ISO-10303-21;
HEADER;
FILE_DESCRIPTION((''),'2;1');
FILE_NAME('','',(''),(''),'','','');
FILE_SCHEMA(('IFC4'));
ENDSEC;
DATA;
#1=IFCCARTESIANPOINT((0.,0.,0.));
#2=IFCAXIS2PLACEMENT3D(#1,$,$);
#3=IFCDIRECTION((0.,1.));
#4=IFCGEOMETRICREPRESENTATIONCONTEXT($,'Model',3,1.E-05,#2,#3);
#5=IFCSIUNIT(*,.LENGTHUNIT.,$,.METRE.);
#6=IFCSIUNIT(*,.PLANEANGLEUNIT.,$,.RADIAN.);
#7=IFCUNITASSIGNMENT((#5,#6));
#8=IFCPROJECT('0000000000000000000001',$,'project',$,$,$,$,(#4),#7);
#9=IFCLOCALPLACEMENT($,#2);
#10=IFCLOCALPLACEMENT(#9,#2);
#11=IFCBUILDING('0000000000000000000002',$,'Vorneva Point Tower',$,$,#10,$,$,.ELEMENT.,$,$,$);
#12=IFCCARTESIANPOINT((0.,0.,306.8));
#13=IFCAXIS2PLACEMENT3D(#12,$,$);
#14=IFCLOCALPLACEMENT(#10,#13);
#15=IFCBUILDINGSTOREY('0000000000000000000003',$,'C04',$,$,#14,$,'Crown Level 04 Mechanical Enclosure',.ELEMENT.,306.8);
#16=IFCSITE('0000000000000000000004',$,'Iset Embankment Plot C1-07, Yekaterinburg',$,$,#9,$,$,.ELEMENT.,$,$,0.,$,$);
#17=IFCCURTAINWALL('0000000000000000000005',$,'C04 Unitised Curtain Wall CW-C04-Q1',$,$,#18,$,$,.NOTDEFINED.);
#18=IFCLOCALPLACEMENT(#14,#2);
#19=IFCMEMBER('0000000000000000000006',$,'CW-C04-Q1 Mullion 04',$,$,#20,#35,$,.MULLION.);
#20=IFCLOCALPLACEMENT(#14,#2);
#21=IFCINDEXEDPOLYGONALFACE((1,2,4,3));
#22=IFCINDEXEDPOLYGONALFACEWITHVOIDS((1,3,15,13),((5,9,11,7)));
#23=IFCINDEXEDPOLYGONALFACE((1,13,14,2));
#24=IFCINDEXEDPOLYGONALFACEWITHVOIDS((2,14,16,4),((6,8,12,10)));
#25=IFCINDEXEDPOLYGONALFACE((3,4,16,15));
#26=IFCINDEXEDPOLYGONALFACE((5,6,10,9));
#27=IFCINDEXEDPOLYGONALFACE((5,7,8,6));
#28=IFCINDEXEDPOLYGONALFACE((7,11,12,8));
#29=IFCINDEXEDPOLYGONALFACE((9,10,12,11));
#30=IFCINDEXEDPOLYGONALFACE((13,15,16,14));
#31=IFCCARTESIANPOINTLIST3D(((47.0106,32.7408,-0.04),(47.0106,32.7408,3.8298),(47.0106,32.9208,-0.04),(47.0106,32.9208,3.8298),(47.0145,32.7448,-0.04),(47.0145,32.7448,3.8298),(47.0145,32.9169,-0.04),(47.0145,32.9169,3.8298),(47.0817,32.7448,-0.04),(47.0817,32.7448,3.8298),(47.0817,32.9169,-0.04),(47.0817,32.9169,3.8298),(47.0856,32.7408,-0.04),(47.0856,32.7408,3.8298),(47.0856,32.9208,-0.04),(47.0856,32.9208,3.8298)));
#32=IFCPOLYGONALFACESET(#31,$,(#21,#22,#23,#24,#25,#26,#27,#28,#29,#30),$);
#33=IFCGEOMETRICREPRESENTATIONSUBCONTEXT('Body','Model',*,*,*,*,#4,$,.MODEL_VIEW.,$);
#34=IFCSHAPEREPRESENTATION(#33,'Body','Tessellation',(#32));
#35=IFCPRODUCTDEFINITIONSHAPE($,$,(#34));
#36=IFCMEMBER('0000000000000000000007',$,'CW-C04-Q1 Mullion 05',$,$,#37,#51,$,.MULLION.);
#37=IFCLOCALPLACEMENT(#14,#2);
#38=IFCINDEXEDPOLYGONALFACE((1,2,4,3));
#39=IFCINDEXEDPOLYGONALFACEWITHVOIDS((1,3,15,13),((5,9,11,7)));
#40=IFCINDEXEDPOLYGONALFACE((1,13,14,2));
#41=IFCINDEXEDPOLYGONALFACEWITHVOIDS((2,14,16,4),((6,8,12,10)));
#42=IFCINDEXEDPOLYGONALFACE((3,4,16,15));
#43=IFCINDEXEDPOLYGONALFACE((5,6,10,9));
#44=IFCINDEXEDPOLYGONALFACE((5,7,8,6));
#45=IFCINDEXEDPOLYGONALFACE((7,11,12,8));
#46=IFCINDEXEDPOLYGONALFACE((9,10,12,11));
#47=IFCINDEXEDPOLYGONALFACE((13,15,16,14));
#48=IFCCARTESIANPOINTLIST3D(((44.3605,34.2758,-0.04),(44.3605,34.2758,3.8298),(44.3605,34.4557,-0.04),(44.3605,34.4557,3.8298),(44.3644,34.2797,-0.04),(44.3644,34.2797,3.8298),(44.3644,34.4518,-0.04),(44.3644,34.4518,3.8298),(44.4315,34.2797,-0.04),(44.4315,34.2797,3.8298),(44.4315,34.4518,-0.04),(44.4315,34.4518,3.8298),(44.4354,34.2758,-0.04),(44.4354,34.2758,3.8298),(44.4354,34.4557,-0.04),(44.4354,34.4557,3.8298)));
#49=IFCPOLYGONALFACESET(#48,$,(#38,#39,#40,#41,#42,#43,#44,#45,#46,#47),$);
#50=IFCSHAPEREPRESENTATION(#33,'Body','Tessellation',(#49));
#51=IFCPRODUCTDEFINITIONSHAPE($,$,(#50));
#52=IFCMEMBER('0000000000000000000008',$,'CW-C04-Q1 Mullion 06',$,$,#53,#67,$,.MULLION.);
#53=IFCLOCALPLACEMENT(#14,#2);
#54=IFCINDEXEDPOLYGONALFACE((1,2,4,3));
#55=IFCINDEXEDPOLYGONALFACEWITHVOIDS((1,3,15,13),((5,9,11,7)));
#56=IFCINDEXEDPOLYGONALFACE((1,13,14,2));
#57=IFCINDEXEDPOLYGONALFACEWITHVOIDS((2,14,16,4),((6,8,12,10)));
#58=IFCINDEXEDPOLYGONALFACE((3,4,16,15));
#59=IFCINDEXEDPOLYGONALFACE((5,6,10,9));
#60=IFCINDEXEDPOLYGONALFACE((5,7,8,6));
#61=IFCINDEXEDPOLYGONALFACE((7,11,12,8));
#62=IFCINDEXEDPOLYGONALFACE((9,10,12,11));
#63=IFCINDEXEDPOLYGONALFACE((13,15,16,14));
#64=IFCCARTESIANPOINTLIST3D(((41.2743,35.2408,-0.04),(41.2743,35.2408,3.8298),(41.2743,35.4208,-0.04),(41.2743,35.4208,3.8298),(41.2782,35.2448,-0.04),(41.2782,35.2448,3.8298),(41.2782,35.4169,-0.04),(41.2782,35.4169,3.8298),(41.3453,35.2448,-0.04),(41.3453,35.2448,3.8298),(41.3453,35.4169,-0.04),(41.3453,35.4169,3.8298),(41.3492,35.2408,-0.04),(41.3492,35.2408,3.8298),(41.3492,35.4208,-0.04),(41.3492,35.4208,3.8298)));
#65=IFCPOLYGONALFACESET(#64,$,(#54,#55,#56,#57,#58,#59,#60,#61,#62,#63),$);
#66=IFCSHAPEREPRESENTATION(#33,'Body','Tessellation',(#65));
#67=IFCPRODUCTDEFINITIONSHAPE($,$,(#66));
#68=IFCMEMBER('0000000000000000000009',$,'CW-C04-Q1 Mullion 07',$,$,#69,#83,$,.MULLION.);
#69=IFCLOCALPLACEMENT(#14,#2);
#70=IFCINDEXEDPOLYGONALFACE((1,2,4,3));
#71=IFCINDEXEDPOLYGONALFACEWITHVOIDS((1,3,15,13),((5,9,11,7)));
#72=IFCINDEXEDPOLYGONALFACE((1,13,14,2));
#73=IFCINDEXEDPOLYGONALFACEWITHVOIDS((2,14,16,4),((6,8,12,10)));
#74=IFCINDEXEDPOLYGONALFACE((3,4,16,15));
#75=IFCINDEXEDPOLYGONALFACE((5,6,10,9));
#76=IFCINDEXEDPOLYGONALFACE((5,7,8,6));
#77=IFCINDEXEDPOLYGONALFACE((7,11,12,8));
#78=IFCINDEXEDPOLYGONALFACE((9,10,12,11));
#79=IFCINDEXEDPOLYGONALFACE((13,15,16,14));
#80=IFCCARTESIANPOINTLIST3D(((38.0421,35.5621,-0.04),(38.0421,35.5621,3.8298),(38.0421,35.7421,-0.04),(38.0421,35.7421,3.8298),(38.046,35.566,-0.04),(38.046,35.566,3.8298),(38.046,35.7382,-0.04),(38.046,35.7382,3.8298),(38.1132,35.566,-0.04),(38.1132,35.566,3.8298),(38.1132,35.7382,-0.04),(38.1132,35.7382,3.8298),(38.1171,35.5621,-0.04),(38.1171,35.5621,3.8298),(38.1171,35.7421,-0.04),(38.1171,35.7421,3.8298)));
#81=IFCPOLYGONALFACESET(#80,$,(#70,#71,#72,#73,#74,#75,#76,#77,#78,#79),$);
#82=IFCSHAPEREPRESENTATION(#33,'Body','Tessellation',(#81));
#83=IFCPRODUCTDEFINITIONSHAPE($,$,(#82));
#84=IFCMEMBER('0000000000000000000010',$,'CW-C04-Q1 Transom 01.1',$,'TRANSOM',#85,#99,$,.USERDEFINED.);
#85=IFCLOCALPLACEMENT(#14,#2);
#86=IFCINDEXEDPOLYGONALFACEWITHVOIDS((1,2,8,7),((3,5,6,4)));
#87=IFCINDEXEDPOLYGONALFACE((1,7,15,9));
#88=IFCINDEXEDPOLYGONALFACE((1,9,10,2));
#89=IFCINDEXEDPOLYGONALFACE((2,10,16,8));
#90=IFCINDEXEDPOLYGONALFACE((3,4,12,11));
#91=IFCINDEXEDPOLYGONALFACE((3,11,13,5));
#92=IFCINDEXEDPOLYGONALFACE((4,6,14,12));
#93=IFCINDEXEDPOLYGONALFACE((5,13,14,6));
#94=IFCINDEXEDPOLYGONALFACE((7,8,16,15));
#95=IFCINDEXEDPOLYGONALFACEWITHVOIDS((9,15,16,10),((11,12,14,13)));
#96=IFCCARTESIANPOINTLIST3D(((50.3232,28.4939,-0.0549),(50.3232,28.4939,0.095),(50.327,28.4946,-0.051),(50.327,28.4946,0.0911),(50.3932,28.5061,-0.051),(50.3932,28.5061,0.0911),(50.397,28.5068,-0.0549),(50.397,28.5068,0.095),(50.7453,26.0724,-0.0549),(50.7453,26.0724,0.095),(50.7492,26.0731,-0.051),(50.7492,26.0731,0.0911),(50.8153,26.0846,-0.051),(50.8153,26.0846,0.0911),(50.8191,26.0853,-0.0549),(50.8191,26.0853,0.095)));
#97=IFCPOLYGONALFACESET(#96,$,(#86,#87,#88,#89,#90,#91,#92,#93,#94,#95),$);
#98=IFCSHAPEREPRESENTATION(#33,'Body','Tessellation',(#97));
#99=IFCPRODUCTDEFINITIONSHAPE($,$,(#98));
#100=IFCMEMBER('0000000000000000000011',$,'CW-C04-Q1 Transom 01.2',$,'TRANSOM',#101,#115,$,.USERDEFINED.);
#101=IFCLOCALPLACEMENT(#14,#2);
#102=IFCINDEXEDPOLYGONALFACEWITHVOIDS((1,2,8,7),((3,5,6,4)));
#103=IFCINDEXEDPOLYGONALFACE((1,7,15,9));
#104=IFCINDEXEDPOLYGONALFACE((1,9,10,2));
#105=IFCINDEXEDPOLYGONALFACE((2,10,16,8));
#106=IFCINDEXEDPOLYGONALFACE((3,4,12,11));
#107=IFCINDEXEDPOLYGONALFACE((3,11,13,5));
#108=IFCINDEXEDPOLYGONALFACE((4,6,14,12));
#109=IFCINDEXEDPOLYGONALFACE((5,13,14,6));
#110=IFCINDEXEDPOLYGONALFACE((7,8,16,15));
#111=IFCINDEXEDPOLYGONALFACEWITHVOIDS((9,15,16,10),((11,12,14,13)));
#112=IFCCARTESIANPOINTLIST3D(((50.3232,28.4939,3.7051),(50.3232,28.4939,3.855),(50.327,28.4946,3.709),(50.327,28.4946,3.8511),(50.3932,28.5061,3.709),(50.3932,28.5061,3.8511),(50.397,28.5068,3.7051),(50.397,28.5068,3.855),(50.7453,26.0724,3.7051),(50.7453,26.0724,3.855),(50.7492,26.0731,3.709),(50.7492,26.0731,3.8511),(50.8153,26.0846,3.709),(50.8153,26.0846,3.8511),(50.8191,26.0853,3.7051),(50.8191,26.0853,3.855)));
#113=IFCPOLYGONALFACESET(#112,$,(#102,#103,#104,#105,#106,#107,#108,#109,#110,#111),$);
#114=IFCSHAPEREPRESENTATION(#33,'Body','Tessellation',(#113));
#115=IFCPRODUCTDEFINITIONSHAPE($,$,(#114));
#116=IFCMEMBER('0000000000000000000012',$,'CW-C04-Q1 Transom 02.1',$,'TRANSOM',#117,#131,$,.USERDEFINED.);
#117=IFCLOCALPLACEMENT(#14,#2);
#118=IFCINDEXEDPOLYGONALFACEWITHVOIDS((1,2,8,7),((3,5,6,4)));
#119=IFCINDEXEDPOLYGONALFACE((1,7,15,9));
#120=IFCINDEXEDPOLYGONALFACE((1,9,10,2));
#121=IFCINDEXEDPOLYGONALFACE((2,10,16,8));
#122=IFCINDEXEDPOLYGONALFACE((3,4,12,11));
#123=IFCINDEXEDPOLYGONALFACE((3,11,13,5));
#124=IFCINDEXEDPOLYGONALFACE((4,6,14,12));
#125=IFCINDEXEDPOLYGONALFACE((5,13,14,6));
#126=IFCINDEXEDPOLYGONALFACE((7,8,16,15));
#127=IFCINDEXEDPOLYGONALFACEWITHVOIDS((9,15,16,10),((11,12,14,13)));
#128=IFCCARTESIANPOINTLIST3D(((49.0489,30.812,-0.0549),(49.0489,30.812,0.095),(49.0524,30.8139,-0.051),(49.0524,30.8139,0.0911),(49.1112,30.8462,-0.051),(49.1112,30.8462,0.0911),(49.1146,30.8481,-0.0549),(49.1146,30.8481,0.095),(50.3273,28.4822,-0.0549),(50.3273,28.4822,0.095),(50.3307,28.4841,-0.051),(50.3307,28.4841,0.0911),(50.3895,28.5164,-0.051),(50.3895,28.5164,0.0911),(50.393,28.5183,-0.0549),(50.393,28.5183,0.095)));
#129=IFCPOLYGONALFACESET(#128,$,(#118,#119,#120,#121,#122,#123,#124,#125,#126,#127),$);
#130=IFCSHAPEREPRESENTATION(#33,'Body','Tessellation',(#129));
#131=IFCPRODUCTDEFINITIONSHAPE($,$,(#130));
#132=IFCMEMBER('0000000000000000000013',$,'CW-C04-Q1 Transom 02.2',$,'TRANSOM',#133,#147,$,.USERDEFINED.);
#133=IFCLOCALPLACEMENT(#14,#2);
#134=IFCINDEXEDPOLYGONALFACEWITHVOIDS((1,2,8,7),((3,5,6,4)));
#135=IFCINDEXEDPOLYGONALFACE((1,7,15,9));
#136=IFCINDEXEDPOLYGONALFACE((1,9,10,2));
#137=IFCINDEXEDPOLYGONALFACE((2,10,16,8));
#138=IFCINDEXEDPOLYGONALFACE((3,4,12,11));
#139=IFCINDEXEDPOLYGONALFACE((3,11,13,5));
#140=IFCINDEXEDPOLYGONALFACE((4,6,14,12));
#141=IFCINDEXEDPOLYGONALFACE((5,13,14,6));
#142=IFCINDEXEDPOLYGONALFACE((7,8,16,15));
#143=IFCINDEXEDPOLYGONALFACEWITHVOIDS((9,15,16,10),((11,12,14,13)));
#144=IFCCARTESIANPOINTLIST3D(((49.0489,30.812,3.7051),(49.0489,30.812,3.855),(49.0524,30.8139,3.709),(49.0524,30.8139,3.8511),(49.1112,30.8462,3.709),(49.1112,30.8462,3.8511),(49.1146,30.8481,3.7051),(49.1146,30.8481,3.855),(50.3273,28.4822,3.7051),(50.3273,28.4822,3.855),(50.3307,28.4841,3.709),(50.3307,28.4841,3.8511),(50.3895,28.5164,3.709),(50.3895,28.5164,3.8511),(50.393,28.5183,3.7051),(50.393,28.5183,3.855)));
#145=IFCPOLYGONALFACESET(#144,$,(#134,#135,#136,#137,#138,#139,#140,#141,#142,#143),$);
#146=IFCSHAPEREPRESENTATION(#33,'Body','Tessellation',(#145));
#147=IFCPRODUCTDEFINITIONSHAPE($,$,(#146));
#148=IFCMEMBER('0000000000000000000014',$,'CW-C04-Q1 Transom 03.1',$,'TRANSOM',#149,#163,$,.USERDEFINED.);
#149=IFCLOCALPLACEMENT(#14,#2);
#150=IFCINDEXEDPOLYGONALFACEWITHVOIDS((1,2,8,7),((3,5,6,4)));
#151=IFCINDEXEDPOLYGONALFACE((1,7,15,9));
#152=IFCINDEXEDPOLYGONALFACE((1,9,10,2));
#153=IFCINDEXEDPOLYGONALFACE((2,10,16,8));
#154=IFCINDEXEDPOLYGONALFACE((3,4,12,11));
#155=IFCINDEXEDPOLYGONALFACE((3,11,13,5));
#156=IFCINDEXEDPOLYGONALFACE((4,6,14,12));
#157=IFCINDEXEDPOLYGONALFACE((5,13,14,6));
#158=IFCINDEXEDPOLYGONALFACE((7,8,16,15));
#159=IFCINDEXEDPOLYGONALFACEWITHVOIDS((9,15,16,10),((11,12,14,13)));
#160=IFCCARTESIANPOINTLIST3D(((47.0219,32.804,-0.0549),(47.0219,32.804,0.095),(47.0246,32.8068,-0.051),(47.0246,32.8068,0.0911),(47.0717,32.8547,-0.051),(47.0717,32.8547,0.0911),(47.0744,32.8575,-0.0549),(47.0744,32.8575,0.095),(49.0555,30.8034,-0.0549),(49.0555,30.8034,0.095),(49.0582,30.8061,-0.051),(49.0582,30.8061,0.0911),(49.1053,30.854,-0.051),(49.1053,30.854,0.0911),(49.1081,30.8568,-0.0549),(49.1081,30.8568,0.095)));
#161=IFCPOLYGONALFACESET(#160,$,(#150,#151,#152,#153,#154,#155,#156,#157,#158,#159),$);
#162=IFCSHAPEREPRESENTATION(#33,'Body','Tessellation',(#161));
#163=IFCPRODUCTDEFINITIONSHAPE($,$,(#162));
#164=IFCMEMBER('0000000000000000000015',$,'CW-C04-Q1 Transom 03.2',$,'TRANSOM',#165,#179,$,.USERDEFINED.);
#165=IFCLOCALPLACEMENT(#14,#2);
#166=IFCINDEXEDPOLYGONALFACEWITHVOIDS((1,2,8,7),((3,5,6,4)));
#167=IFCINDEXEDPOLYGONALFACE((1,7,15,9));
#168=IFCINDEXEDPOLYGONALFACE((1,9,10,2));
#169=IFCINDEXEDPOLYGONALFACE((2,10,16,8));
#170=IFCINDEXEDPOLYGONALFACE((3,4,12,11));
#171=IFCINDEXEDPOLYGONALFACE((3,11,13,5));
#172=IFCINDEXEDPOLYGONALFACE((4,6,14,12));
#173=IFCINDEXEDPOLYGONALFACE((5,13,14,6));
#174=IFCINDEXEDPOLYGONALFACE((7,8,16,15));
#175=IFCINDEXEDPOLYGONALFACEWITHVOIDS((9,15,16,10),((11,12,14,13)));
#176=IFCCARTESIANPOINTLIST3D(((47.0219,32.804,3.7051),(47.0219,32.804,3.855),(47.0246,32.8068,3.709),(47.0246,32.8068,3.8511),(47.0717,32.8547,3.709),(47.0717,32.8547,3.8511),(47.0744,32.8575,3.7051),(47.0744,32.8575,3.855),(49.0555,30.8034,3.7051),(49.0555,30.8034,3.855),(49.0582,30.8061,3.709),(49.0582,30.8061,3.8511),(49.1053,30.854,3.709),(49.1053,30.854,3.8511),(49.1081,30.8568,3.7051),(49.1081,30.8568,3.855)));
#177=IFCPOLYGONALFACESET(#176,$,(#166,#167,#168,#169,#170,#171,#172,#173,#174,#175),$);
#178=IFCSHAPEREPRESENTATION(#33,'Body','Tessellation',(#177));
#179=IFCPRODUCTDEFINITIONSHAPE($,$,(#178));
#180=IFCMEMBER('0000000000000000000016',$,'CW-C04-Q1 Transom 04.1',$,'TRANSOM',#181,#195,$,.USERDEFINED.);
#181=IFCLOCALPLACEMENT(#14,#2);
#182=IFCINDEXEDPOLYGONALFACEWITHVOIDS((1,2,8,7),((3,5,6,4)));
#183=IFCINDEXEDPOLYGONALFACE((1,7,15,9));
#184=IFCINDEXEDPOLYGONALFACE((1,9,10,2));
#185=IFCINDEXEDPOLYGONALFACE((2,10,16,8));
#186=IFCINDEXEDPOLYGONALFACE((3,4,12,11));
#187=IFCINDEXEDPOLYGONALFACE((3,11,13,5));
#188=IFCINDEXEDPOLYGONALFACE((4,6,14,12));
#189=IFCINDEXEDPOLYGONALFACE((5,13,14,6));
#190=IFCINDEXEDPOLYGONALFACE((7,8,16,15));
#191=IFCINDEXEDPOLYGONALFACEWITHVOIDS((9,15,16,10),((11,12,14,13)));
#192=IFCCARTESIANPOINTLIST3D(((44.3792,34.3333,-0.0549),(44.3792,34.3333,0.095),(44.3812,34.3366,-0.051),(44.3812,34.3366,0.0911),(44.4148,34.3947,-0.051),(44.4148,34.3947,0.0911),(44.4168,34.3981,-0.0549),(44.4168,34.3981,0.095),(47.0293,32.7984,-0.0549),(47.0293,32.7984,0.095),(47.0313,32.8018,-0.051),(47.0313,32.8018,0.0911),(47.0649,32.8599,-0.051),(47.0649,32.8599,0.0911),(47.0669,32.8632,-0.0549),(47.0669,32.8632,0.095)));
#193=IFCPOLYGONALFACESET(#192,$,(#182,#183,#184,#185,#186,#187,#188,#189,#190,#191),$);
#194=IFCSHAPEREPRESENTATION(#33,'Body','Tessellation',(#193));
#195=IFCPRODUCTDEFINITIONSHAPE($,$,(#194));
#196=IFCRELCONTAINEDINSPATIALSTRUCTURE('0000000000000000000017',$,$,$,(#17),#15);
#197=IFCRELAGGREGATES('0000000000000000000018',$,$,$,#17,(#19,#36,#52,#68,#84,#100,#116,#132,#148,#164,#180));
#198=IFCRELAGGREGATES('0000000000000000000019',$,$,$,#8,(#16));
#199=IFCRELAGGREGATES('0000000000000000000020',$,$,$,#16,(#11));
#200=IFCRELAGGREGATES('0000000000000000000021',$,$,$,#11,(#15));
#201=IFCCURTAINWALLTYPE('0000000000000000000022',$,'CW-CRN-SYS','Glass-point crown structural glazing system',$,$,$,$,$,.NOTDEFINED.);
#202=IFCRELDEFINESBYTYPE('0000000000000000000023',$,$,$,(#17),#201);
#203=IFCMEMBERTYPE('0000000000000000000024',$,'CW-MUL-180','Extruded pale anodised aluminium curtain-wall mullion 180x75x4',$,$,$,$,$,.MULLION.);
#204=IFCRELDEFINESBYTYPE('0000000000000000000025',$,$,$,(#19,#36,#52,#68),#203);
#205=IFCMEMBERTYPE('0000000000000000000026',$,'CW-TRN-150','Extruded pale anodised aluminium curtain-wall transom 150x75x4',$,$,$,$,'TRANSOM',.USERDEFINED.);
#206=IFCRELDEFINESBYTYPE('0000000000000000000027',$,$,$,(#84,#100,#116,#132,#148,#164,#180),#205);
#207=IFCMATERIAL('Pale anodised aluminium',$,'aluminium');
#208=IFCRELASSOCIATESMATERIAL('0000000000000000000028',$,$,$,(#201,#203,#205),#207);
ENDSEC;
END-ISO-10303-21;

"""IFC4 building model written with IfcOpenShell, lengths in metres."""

from ifc_helpers import new_model, si_unit, direction, frame, origin, origin_2d, place, context, subcontext, project, spatial, hollow_rectangle, extrude, material, material_profile, profile_set, type_object, element, aggregate, save


model = new_model("IFC4")

# Units and contexts
model_context = context("Model", 3, precision=1e-05, world=origin(), true_north=direction((0.0, 1.0)))
body_context = subcontext(model_context, "Body", "Model", "MODEL_VIEW")
ifc_project = project(units=[si_unit("LENGTHUNIT", "METRE"), si_unit("PLANEANGLEUNIT", "RADIAN")], contexts=[model_context])

# Site, building, storey
site_placement = place(None, origin())
site = spatial("IfcSite", under=ifc_project, at=site_placement, Name="Iset Embankment Plot C1-07, Yekaterinburg", CompositionType="ELEMENT", RefElevation=0.0)
building_placement = place(site_placement, origin())
building = spatial("IfcBuilding", under=site, at=building_placement, Name="Vorneva Point Tower", CompositionType="ELEMENT")
storey_placement = place(building_placement, frame((0.0, 0.0, 306.8)))
storey = spatial("IfcBuildingStorey", under=building, at=storey_placement, Name="C04", LongName="Crown Level 04 Mechanical Enclosure", CompositionType="ELEMENT", Elevation=306.8)

# Curtain wall, members
ifc_material_1 = material(Name="Pale anodised aluminium", Category="aluminium")
curtain_wall_type = type_object("IfcCurtainWallType", Name="CW-CRN-SYS", Description="Glass-point crown structural glazing system", PredefinedType="NOTDEFINED", material=ifc_material_1)
curtain_wall_placement = place(storey_placement, origin())
curtain_wall = element("IfcCurtainWall", 1, at=curtain_wall_placement, inside=storey, type_object=curtain_wall_type, Name="C04 Unitised Curtain Wall CW-C04-Q1", PredefinedType="NOTDEFINED")
ifc_material_profile_1 = material_profile(ifc_material_1, hollow_rectangle(XDim=0.075, YDim=0.1799, WallThickness=0.0039, at=origin_2d()), Name="AL-MUL 180x75x4")
ifc_profile_set_1 = profile_set([ifc_material_profile_1], Name="Pale anodised aluminium")
member_type_1 = type_object("IfcMemberType", Name="CW-MUL-180", Description="Extruded pale anodised aluminium curtain-wall mullion 180x75x4", PredefinedType="MULLION", material=ifc_profile_set_1)
member_1_placement = place(storey_placement, frame((47.0481, 32.8308, -0.04), z_axis=(0.0, 0.0, 1.0), x_axis=(1.0, 0.0, 0.0)))
member_1 = element("IfcMember", 2, at=member_1_placement, type_object=member_type_1, Name="CW-C04-Q1 Mullion 04", PredefinedType="MULLION", context=body_context, shape_type="SweptSolid", body=[
    extrude(hollow_rectangle(XDim=0.075, YDim=0.1799, WallThickness=0.0039, at=origin_2d()), origin(), (0.0, 0.0, 1.0), 3.8699),
])
member_2_placement = place(storey_placement, frame((44.3979, 34.3657, -0.04), z_axis=(0.0, 0.0, 1.0), x_axis=(1.0, 0.0, 0.0)))
member_2 = element("IfcMember", 3, at=member_2_placement, type_object=member_type_1, Name="CW-C04-Q1 Mullion 05", PredefinedType="MULLION", context=body_context, shape_type="SweptSolid", body=[
    extrude(hollow_rectangle(XDim=0.075, YDim=0.1799, WallThickness=0.0039, at=origin_2d()), origin(), (0.0, 0.0, 1.0), 3.8699),
])
member_3_placement = place(storey_placement, frame((41.3118, 35.3308, -0.04), z_axis=(0.0, 0.0, 1.0), x_axis=(1.0, 0.0, 0.0)))
member_3 = element("IfcMember", 4, at=member_3_placement, type_object=member_type_1, Name="CW-C04-Q1 Mullion 06", PredefinedType="MULLION", context=body_context, shape_type="SweptSolid", body=[
    extrude(hollow_rectangle(XDim=0.075, YDim=0.1799, WallThickness=0.0039, at=origin_2d()), origin(), (0.0, 0.0, 1.0), 3.8699),
])
member_4_placement = place(storey_placement, frame((38.0796, 35.6521, -0.04), z_axis=(0.0, 0.0, 1.0), x_axis=(1.0, 0.0, 0.0)))
member_4 = element("IfcMember", 5, at=member_4_placement, type_object=member_type_1, Name="CW-C04-Q1 Mullion 07", PredefinedType="MULLION", context=body_context, shape_type="SweptSolid", body=[
    extrude(hollow_rectangle(XDim=0.075, YDim=0.1799, WallThickness=0.0039, at=origin_2d()), origin(), (0.0, 0.0, 1.0), 3.8699),
])
ifc_material_profile_2 = material_profile(ifc_material_1, hollow_rectangle(XDim=0.075, YDim=0.1499, WallThickness=0.0039, at=origin_2d()), Name="AL-TRN 150x75x4")
ifc_profile_set_2 = profile_set([ifc_material_profile_2], Name="Pale anodised aluminium")
member_type_2 = type_object("IfcMemberType", Name="CW-TRN-150", Description="Extruded pale anodised aluminium curtain-wall transom 150x75x4", ElementType="TRANSOM", PredefinedType="USERDEFINED", material=ifc_profile_set_2)
member_5_placement = place(storey_placement, frame((50.7822, 26.0789, 0.02), z_axis=(-0.171739, 0.985142, 0.0), x_axis=(-0.985142, -0.171739, 0.0)))
member_5 = element("IfcMember", 6, at=member_5_placement, type_object=member_type_2, Name="CW-C04-Q1 Transom 01.1", ObjectType="TRANSOM", PredefinedType="USERDEFINED", context=body_context, shape_type="SweptSolid", body=[
    extrude(hollow_rectangle(XDim=0.075, YDim=0.1499, WallThickness=0.0039, at=origin_2d()), origin(), (0.0, 0.0, 1.0), 2.458),
])
member_6_placement = place(storey_placement, frame((50.7822, 26.0789, 3.78), z_axis=(-0.171739, 0.985142, 0.0), x_axis=(-0.985142, -0.171739, 0.0)))
member_6 = element("IfcMember", 7, at=member_6_placement, type_object=member_type_2, Name="CW-C04-Q1 Transom 01.2", ObjectType="TRANSOM", PredefinedType="USERDEFINED", context=body_context, shape_type="SweptSolid", body=[
    extrude(hollow_rectangle(XDim=0.075, YDim=0.1499, WallThickness=0.0039, at=origin_2d()), origin(), (0.0, 0.0, 1.0), 2.458),
])
member_7_placement = place(storey_placement, frame((50.3601, 28.5002, 0.02), z_axis=(-0.481026, 0.876706, 0.0), x_axis=(-0.876706, -0.481026, 0.0)))
member_7 = element("IfcMember", 8, at=member_7_placement, type_object=member_type_2, Name="CW-C04-Q1 Transom 02.1", ObjectType="TRANSOM", PredefinedType="USERDEFINED", context=body_context, shape_type="SweptSolid", body=[
    extrude(hollow_rectangle(XDim=0.075, YDim=0.1499, WallThickness=0.0039, at=origin_2d()), origin(), (0.0, 0.0, 1.0), 2.6575),
])
member_8_placement = place(storey_placement, frame((50.3601, 28.5002, 3.78), z_axis=(-0.481026, 0.876706, 0.0), x_axis=(-0.876706, -0.481026, 0.0)))
member_8 = element("IfcMember", 9, at=member_8_placement, type_object=member_type_2, Name="CW-C04-Q1 Transom 02.2", ObjectType="TRANSOM", PredefinedType="USERDEFINED", context=body_context, shape_type="SweptSolid", body=[
    extrude(hollow_rectangle(XDim=0.075, YDim=0.1499, WallThickness=0.0039, at=origin_2d()), origin(), (0.0, 0.0, 1.0), 2.6575),
])
member_9_placement = place(storey_placement, frame((49.0818, 30.8301, 0.02), z_axis=(-0.71286, 0.701307, 0.0), x_axis=(-0.701307, -0.71286, 0.0)))
member_9 = element("IfcMember", 10, at=member_9_placement, type_object=member_type_2, Name="CW-C04-Q1 Transom 03.1", ObjectType="TRANSOM", PredefinedType="USERDEFINED", context=body_context, shape_type="SweptSolid", body=[
    extrude(hollow_rectangle(XDim=0.075, YDim=0.1499, WallThickness=0.0039, at=origin_2d()), origin(), (0.0, 0.0, 1.0), 2.8528),
])
member_10_placement = place(storey_placement, frame((49.0818, 30.8301, 3.78), z_axis=(-0.71286, 0.701307, 0.0), x_axis=(-0.701307, -0.71286, 0.0)))
member_10 = element("IfcMember", 11, at=member_10_placement, type_object=member_type_2, Name="CW-C04-Q1 Transom 03.2", ObjectType="TRANSOM", PredefinedType="USERDEFINED", context=body_context, shape_type="SweptSolid", body=[
    extrude(hollow_rectangle(XDim=0.075, YDim=0.1499, WallThickness=0.0039, at=origin_2d()), origin(), (0.0, 0.0, 1.0), 2.8528),
])
member_11_placement = place(storey_placement, frame((47.0481, 32.8308, 0.02), z_axis=(-0.865339, 0.501187, 0.0), x_axis=(-0.501187, -0.865339, 0.0)))
member_11 = element("IfcMember", 12, at=member_11_placement, type_object=member_type_2, Name="CW-C04-Q1 Transom 04.1", ObjectType="TRANSOM", PredefinedType="USERDEFINED", context=body_context, shape_type="SweptSolid", body=[
    extrude(hollow_rectangle(XDim=0.075, YDim=0.1499, WallThickness=0.0039, at=origin_2d()), origin(), (0.0, 0.0, 1.0), 3.0625),
])

aggregate(curtain_wall, [member_1, member_2, member_3, member_4, member_5, member_6, member_7, member_8, member_9, member_10, member_11])

save(model, "model.ifc")
